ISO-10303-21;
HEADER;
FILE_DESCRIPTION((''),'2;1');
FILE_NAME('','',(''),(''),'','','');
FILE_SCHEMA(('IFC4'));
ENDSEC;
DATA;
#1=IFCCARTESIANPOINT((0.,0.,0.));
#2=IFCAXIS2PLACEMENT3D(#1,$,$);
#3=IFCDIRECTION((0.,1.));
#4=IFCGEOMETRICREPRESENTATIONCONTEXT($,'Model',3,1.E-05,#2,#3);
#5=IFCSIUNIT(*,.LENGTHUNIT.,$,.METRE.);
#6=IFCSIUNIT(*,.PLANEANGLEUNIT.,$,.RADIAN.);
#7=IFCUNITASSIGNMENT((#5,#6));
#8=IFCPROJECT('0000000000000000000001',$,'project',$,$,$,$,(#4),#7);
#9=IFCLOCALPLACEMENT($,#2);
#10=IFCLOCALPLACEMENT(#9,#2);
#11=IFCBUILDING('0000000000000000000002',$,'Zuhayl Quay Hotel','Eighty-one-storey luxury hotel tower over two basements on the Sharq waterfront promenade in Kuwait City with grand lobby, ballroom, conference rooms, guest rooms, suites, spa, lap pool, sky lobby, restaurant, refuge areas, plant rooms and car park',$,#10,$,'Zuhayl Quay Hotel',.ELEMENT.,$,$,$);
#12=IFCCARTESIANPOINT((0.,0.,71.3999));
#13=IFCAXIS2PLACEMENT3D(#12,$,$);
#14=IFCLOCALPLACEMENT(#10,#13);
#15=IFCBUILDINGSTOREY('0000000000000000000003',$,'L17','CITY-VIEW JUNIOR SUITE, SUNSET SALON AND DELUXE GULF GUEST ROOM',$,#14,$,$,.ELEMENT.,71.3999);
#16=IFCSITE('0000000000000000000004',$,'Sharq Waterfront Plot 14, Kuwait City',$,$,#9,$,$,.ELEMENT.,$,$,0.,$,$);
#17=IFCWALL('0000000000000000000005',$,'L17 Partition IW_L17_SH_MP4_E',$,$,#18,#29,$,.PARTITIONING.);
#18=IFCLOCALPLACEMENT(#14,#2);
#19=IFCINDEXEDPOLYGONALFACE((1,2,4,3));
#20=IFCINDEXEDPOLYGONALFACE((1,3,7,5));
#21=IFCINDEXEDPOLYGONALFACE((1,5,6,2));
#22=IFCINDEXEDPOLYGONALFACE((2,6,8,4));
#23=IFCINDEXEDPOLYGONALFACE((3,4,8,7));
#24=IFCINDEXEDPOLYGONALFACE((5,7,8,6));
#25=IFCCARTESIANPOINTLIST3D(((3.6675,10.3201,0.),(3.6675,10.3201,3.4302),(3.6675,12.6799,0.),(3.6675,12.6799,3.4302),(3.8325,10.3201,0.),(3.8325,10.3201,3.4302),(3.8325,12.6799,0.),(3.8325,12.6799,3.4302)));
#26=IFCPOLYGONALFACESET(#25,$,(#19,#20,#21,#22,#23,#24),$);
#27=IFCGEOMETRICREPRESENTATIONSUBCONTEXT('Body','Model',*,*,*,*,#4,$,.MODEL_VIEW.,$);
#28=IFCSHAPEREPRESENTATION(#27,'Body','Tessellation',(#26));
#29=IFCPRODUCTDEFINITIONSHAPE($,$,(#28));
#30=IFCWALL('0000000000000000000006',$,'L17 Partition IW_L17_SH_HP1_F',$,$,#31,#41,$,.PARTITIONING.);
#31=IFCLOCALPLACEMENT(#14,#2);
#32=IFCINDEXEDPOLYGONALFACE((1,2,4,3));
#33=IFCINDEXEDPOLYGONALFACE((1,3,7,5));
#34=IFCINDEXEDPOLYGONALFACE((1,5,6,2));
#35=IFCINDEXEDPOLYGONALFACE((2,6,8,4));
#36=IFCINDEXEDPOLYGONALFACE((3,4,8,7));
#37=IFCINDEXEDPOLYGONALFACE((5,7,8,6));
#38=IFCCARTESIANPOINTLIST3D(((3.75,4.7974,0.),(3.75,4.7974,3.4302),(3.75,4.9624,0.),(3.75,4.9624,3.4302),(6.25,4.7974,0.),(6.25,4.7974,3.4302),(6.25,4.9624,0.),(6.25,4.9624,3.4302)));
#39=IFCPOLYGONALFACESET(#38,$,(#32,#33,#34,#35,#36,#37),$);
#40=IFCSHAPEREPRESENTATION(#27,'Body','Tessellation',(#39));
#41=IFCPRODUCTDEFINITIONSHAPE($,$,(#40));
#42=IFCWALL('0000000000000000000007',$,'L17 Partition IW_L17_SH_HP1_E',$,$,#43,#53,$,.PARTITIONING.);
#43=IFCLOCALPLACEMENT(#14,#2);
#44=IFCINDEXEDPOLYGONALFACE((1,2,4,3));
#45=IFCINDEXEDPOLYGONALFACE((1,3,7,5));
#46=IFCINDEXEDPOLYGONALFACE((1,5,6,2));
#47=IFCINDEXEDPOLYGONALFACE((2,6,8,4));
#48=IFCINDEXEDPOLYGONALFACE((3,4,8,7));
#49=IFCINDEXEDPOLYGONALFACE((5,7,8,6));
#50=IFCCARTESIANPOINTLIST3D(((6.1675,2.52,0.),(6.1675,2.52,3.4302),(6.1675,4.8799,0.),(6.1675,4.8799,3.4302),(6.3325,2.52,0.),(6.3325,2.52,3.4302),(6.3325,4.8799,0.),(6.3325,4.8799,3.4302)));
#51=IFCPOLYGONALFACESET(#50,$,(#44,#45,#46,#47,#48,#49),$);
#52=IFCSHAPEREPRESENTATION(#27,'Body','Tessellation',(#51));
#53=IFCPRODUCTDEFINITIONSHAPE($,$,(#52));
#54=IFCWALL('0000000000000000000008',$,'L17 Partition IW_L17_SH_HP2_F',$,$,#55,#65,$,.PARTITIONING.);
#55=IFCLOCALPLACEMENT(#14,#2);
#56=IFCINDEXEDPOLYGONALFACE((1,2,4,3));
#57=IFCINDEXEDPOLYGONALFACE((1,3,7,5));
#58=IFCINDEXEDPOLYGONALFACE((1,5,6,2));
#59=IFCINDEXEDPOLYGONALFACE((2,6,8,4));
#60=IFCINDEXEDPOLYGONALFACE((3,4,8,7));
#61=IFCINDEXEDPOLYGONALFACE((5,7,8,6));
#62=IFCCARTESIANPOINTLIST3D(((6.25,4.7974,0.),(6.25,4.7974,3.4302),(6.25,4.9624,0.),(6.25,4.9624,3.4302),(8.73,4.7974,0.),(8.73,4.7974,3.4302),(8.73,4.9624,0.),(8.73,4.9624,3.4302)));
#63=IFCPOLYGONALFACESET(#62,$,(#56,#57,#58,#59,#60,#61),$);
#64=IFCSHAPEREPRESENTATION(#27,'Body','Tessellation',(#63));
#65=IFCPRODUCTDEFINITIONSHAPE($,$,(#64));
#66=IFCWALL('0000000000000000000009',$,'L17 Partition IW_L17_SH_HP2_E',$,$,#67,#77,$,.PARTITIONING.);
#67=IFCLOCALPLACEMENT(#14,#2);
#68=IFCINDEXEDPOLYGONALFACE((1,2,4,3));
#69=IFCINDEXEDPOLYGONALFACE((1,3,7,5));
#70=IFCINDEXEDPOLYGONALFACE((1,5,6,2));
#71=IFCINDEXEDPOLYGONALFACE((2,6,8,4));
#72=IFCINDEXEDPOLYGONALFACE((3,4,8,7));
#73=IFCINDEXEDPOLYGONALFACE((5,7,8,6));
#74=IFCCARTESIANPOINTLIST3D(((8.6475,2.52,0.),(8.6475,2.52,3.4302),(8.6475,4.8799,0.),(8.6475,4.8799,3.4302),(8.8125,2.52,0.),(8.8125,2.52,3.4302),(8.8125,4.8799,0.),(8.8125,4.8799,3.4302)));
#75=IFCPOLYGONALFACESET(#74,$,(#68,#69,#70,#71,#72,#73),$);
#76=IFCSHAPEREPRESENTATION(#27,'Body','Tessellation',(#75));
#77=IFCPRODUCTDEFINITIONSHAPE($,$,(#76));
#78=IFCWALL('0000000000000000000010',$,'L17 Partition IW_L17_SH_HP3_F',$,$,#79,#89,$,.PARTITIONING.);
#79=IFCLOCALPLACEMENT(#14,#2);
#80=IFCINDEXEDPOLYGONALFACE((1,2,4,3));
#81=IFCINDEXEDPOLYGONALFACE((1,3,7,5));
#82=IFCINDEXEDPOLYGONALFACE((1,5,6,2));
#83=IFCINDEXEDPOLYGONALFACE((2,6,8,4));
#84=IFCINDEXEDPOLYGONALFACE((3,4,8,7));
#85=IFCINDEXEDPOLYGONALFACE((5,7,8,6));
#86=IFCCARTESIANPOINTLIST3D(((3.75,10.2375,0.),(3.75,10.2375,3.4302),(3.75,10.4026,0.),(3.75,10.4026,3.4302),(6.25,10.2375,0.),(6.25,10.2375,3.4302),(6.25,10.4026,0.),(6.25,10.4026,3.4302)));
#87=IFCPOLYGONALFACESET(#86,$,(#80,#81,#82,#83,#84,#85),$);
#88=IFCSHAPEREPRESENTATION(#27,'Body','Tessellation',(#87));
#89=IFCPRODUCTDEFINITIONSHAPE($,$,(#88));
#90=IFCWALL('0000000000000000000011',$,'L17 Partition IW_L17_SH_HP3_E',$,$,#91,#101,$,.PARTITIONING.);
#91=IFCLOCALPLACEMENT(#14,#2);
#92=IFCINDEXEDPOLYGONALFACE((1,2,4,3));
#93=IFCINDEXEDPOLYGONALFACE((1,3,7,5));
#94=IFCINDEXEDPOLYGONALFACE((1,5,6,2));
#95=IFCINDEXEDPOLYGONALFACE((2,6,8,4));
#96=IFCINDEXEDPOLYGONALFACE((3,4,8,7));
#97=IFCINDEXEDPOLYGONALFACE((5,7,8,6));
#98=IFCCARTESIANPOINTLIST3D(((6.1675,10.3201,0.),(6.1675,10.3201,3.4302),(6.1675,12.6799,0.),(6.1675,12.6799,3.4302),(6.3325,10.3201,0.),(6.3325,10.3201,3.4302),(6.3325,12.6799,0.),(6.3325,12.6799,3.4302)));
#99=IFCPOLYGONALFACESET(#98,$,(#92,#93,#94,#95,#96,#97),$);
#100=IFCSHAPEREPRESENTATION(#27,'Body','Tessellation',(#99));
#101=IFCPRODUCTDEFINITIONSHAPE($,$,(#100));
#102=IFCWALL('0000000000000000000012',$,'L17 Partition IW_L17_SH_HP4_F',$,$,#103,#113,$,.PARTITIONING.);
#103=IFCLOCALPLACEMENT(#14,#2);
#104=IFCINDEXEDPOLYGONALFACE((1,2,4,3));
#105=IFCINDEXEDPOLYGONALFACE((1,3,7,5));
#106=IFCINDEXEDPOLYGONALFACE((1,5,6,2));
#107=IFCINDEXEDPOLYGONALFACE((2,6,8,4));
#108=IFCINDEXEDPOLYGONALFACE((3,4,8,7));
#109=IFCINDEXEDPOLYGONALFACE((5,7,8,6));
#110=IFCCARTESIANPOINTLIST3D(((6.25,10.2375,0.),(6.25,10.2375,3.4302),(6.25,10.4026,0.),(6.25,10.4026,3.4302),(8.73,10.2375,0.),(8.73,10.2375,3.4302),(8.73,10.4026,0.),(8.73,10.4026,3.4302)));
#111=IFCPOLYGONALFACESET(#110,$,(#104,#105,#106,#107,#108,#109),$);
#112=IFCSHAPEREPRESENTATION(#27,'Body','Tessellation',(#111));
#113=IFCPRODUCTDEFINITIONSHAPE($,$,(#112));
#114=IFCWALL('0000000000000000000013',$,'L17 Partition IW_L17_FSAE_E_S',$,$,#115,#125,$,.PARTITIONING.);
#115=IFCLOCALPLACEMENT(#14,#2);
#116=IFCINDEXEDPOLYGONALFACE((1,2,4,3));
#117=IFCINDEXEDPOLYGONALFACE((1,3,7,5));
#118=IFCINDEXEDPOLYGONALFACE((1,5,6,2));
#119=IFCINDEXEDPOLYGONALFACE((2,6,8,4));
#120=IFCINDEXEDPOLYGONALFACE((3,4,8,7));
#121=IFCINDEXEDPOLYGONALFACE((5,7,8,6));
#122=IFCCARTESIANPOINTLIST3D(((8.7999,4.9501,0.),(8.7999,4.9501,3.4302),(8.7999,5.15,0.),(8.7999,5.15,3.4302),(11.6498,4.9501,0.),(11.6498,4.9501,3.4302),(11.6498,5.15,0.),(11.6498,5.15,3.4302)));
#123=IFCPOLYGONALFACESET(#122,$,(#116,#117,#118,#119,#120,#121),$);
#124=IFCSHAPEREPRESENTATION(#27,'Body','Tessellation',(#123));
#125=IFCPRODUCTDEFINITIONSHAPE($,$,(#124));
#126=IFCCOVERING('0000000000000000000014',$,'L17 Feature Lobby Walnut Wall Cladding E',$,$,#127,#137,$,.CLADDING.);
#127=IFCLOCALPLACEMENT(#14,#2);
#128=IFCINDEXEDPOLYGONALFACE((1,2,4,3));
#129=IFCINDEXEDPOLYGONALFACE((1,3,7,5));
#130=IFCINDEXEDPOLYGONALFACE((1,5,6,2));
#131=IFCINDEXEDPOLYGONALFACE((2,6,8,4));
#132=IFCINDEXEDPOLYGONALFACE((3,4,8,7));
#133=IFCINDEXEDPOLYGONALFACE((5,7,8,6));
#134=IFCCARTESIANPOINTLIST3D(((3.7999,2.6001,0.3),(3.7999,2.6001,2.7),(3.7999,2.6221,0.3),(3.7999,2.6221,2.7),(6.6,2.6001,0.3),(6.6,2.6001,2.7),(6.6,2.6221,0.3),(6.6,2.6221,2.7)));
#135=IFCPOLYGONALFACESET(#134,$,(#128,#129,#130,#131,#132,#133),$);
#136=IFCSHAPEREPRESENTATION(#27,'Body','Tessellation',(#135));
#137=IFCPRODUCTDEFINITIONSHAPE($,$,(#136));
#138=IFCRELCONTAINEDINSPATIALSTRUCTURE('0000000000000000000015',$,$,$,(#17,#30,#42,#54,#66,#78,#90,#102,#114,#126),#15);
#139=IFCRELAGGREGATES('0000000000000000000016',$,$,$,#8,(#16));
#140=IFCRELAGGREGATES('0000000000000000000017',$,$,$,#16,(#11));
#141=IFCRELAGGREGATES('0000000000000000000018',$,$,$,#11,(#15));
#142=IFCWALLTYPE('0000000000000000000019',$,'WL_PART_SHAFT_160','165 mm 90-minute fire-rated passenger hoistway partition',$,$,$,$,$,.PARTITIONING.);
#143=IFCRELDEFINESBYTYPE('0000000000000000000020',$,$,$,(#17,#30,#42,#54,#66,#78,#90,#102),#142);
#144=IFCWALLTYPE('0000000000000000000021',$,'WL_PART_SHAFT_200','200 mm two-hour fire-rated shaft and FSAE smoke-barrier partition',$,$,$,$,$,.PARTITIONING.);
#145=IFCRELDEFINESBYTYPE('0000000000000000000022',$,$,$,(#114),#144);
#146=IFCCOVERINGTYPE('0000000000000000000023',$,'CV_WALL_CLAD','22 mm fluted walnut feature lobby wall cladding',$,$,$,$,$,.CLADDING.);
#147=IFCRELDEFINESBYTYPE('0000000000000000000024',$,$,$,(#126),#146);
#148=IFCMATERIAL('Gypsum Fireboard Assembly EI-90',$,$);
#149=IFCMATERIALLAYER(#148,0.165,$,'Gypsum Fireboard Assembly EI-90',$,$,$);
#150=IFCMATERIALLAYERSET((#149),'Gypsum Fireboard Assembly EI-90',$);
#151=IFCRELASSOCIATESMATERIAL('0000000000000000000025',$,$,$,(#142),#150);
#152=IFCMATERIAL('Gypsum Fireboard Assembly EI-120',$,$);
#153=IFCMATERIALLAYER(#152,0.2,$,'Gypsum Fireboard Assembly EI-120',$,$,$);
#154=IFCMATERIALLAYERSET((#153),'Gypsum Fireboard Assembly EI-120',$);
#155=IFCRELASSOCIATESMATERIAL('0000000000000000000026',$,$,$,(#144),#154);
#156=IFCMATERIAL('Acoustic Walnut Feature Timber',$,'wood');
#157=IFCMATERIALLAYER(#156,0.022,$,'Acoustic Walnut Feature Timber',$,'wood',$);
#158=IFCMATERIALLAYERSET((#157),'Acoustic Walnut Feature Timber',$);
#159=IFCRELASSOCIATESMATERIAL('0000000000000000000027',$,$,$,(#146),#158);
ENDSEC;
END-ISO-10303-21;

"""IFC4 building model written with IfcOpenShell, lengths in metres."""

from ifc_helpers import new_model, si_unit, direction, frame, frame_2d, origin, origin_2d, place, context, subcontext, project, spatial, rectangle, extrude, material, layer, layer_set, type_object, element, save


model = new_model("IFC4")

# Units and contexts
model_context = context("Model", 3, precision=1e-05, world=origin(), true_north=direction((0.0, 1.0)))
body_context = subcontext(model_context, "Body", "Model", "MODEL_VIEW")
ifc_project = project(units=[si_unit("LENGTHUNIT", "METRE"), si_unit("PLANEANGLEUNIT", "RADIAN")], contexts=[model_context])

# Site, building, storey
site_placement = place(None, origin())
site = spatial("IfcSite", under=ifc_project, at=site_placement, Name="Sharq Waterfront Plot 14, Kuwait City", CompositionType="ELEMENT", RefElevation=0.0)
building_placement = place(site_placement, origin())
building = spatial("IfcBuilding", under=site, at=building_placement, Name="Zuhayl Quay Hotel", Description="Eighty-one-storey luxury hotel tower over two basements on the Sharq waterfront promenade in Kuwait City with grand lobby, ballroom, conference rooms, guest rooms, suites, spa, lap pool, sky lobby, restaurant, refuge areas, plant rooms and car park", LongName="Zuhayl Quay Hotel", CompositionType="ELEMENT")
storey_placement = place(building_placement, frame((0.0, 0.0, 71.3999)))
storey = spatial("IfcBuildingStorey", under=building, at=storey_placement, Name="L17", Description="CITY-VIEW JUNIOR SUITE, SUNSET SALON AND DELUXE GULF GUEST ROOM", CompositionType="ELEMENT", Elevation=71.3999)

# Walls
ifc_material_1 = material(Name="Gypsum Fireboard Assembly EI-90")
ifc_layer_1 = layer(ifc_material_1, 0.165, Name="Gypsum Fireboard Assembly EI-90")
ifc_layer_set_1 = layer_set([ifc_layer_1], Name="Gypsum Fireboard Assembly EI-90")
wall_type_1 = type_object("IfcWallType", Name="WL_PART_SHAFT_160", Description="165 mm 90-minute fire-rated passenger hoistway partition", PredefinedType="PARTITIONING", material=ifc_layer_set_1)
for number, where, z_axis, x_axis, name in (
    (1, (3.75, 10.3201, 0.0), (0.0, 0.0, 1.0), (0.0, 1.0, 0.0), "L17 Partition IW_L17_SH_MP4_E"),
):
    element("IfcWall", number, at=place(storey_placement, frame(where, z_axis=z_axis, x_axis=x_axis)), inside=storey, type_object=wall_type_1, Name=name, PredefinedType="PARTITIONING", context=body_context, shape_type="SweptSolid", body=[
        extrude(rectangle(XDim=2.3599, YDim=0.165, at=frame_2d((1.1799, 0.0))), origin(), (0.0, 0.0, 1.0), 3.4302),
    ])
wall_1_placement = place(storey_placement, frame((3.75, 4.8799, 0.0), z_axis=(0.0, 0.0, 1.0), x_axis=(1.0, 0.0, 0.0)))
element("IfcWall", 2, at=wall_1_placement, inside=storey, type_object=wall_type_1, Name="L17 Partition IW_L17_SH_HP1_F", PredefinedType="PARTITIONING", context=body_context, shape_type="SweptSolid", body=[
    extrude(rectangle(XDim=2.5, YDim=0.165, at=frame_2d((1.25, 0.0))), origin(), (0.0, 0.0, 1.0), 3.4302),
])
wall_2_placement = place(storey_placement, frame((6.25, 2.52, 0.0), z_axis=(0.0, 0.0, 1.0), x_axis=(0.0, 1.0, 0.0)))
element("IfcWall", 3, at=wall_2_placement, inside=storey, type_object=wall_type_1, Name="L17 Partition IW_L17_SH_HP1_E", PredefinedType="PARTITIONING", context=body_context, shape_type="SweptSolid", body=[
    extrude(rectangle(XDim=2.3599, YDim=0.165, at=frame_2d((1.1799, 0.0))), origin(), (0.0, 0.0, 1.0), 3.4302),
])
wall_3_placement = place(storey_placement, frame((6.25, 4.8799, 0.0), z_axis=(0.0, 0.0, 1.0), x_axis=(1.0, 0.0, 0.0)))
element("IfcWall", 4, at=wall_3_placement, inside=storey, type_object=wall_type_1, Name="L17 Partition IW_L17_SH_HP2_F", PredefinedType="PARTITIONING", context=body_context, shape_type="SweptSolid", body=[
    extrude(rectangle(XDim=2.48, YDim=0.165, at=frame_2d((1.24, 0.0))), origin(), (0.0, 0.0, 1.0), 3.4302),
])
wall_4_placement = place(storey_placement, frame((8.73, 2.52, 0.0), z_axis=(0.0, 0.0, 1.0), x_axis=(0.0, 1.0, 0.0)))
element("IfcWall", 5, at=wall_4_placement, inside=storey, type_object=wall_type_1, Name="L17 Partition IW_L17_SH_HP2_E", PredefinedType="PARTITIONING", context=body_context, shape_type="SweptSolid", body=[
    extrude(rectangle(XDim=2.3599, YDim=0.165, at=frame_2d((1.1799, 0.0))), origin(), (0.0, 0.0, 1.0), 3.4302),
])
wall_5_placement = place(storey_placement, frame((3.75, 10.3201, 0.0), z_axis=(0.0, 0.0, 1.0), x_axis=(1.0, 0.0, 0.0)))
element("IfcWall", 6, at=wall_5_placement, inside=storey, type_object=wall_type_1, Name="L17 Partition IW_L17_SH_HP3_F", PredefinedType="PARTITIONING", context=body_context, shape_type="SweptSolid", body=[
    extrude(rectangle(XDim=2.5, YDim=0.165, at=frame_2d((1.25, 0.0))), origin(), (0.0, 0.0, 1.0), 3.4302),
])
wall_6_placement = place(storey_placement, frame((6.25, 10.3201, 0.0), z_axis=(0.0, 0.0, 1.0), x_axis=(0.0, 1.0, 0.0)))
element("IfcWall", 7, at=wall_6_placement, inside=storey, type_object=wall_type_1, Name="L17 Partition IW_L17_SH_HP3_E", PredefinedType="PARTITIONING", context=body_context, shape_type="SweptSolid", body=[
    extrude(rectangle(XDim=2.3599, YDim=0.165, at=frame_2d((1.1799, 0.0))), origin(), (0.0, 0.0, 1.0), 3.4302),
])
wall_7_placement = place(storey_placement, frame((6.25, 10.3201, 0.0), z_axis=(0.0, 0.0, 1.0), x_axis=(1.0, 0.0, 0.0)))
element("IfcWall", 8, at=wall_7_placement, inside=storey, type_object=wall_type_1, Name="L17 Partition IW_L17_SH_HP4_F", PredefinedType="PARTITIONING", context=body_context, shape_type="SweptSolid", body=[
    extrude(rectangle(XDim=2.48, YDim=0.165, at=frame_2d((1.24, 0.0))), origin(), (0.0, 0.0, 1.0), 3.4302),
])
ifc_material_2 = material(Name="Gypsum Fireboard Assembly EI-120")
ifc_layer_2 = layer(ifc_material_2, 0.2, Name="Gypsum Fireboard Assembly EI-120")
ifc_layer_set_2 = layer_set([ifc_layer_2], Name="Gypsum Fireboard Assembly EI-120")
wall_type_2 = type_object("IfcWallType", Name="WL_PART_SHAFT_200", Description="200 mm two-hour fire-rated shaft and FSAE smoke-barrier partition", PredefinedType="PARTITIONING", material=ifc_layer_set_2)
wall_8_placement = place(storey_placement, frame((8.8, 5.05, 0.0), z_axis=(0.0, 0.0, 1.0), x_axis=(1.0, 0.0, 0.0)))
element("IfcWall", 9, at=wall_8_placement, inside=storey, type_object=wall_type_2, Name="L17 Partition IW_L17_FSAE_E_S", PredefinedType="PARTITIONING", context=body_context, shape_type="SweptSolid", body=[
    extrude(rectangle(XDim=2.8499, YDim=0.2, at=frame_2d((1.4248, 0.0))), origin(), (0.0, 0.0, 1.0), 3.4302),
])

# Covering
ifc_material_3 = material(Name="Acoustic Walnut Feature Timber", Category="wood")
ifc_layer_3 = layer(ifc_material_3, 0.022, Name="Acoustic Walnut Feature Timber", Category="wood")
ifc_layer_set_3 = layer_set([ifc_layer_3], Name="Acoustic Walnut Feature Timber")
covering_type = type_object("IfcCoveringType", Name="CV_WALL_CLAD", Description="22 mm fluted walnut feature lobby wall cladding", PredefinedType="CLADDING", material=ifc_layer_set_3)
covering_placement = place(storey_placement, frame((5.2, 2.6111, 0.3), z_axis=(0.0, 0.0, 1.0), x_axis=(1.0, 0.0, 0.0)))
element("IfcCovering", 10, at=covering_placement, inside=storey, type_object=covering_type, Name="L17 Feature Lobby Walnut Wall Cladding E", PredefinedType="CLADDING", context=body_context, shape_type="SweptSolid", body=[
    extrude(rectangle(XDim=2.8, YDim=0.022, at=origin_2d()), origin(), (0.0, 0.0, 1.0), 2.3999),
])

save(model, "model.ifc")
